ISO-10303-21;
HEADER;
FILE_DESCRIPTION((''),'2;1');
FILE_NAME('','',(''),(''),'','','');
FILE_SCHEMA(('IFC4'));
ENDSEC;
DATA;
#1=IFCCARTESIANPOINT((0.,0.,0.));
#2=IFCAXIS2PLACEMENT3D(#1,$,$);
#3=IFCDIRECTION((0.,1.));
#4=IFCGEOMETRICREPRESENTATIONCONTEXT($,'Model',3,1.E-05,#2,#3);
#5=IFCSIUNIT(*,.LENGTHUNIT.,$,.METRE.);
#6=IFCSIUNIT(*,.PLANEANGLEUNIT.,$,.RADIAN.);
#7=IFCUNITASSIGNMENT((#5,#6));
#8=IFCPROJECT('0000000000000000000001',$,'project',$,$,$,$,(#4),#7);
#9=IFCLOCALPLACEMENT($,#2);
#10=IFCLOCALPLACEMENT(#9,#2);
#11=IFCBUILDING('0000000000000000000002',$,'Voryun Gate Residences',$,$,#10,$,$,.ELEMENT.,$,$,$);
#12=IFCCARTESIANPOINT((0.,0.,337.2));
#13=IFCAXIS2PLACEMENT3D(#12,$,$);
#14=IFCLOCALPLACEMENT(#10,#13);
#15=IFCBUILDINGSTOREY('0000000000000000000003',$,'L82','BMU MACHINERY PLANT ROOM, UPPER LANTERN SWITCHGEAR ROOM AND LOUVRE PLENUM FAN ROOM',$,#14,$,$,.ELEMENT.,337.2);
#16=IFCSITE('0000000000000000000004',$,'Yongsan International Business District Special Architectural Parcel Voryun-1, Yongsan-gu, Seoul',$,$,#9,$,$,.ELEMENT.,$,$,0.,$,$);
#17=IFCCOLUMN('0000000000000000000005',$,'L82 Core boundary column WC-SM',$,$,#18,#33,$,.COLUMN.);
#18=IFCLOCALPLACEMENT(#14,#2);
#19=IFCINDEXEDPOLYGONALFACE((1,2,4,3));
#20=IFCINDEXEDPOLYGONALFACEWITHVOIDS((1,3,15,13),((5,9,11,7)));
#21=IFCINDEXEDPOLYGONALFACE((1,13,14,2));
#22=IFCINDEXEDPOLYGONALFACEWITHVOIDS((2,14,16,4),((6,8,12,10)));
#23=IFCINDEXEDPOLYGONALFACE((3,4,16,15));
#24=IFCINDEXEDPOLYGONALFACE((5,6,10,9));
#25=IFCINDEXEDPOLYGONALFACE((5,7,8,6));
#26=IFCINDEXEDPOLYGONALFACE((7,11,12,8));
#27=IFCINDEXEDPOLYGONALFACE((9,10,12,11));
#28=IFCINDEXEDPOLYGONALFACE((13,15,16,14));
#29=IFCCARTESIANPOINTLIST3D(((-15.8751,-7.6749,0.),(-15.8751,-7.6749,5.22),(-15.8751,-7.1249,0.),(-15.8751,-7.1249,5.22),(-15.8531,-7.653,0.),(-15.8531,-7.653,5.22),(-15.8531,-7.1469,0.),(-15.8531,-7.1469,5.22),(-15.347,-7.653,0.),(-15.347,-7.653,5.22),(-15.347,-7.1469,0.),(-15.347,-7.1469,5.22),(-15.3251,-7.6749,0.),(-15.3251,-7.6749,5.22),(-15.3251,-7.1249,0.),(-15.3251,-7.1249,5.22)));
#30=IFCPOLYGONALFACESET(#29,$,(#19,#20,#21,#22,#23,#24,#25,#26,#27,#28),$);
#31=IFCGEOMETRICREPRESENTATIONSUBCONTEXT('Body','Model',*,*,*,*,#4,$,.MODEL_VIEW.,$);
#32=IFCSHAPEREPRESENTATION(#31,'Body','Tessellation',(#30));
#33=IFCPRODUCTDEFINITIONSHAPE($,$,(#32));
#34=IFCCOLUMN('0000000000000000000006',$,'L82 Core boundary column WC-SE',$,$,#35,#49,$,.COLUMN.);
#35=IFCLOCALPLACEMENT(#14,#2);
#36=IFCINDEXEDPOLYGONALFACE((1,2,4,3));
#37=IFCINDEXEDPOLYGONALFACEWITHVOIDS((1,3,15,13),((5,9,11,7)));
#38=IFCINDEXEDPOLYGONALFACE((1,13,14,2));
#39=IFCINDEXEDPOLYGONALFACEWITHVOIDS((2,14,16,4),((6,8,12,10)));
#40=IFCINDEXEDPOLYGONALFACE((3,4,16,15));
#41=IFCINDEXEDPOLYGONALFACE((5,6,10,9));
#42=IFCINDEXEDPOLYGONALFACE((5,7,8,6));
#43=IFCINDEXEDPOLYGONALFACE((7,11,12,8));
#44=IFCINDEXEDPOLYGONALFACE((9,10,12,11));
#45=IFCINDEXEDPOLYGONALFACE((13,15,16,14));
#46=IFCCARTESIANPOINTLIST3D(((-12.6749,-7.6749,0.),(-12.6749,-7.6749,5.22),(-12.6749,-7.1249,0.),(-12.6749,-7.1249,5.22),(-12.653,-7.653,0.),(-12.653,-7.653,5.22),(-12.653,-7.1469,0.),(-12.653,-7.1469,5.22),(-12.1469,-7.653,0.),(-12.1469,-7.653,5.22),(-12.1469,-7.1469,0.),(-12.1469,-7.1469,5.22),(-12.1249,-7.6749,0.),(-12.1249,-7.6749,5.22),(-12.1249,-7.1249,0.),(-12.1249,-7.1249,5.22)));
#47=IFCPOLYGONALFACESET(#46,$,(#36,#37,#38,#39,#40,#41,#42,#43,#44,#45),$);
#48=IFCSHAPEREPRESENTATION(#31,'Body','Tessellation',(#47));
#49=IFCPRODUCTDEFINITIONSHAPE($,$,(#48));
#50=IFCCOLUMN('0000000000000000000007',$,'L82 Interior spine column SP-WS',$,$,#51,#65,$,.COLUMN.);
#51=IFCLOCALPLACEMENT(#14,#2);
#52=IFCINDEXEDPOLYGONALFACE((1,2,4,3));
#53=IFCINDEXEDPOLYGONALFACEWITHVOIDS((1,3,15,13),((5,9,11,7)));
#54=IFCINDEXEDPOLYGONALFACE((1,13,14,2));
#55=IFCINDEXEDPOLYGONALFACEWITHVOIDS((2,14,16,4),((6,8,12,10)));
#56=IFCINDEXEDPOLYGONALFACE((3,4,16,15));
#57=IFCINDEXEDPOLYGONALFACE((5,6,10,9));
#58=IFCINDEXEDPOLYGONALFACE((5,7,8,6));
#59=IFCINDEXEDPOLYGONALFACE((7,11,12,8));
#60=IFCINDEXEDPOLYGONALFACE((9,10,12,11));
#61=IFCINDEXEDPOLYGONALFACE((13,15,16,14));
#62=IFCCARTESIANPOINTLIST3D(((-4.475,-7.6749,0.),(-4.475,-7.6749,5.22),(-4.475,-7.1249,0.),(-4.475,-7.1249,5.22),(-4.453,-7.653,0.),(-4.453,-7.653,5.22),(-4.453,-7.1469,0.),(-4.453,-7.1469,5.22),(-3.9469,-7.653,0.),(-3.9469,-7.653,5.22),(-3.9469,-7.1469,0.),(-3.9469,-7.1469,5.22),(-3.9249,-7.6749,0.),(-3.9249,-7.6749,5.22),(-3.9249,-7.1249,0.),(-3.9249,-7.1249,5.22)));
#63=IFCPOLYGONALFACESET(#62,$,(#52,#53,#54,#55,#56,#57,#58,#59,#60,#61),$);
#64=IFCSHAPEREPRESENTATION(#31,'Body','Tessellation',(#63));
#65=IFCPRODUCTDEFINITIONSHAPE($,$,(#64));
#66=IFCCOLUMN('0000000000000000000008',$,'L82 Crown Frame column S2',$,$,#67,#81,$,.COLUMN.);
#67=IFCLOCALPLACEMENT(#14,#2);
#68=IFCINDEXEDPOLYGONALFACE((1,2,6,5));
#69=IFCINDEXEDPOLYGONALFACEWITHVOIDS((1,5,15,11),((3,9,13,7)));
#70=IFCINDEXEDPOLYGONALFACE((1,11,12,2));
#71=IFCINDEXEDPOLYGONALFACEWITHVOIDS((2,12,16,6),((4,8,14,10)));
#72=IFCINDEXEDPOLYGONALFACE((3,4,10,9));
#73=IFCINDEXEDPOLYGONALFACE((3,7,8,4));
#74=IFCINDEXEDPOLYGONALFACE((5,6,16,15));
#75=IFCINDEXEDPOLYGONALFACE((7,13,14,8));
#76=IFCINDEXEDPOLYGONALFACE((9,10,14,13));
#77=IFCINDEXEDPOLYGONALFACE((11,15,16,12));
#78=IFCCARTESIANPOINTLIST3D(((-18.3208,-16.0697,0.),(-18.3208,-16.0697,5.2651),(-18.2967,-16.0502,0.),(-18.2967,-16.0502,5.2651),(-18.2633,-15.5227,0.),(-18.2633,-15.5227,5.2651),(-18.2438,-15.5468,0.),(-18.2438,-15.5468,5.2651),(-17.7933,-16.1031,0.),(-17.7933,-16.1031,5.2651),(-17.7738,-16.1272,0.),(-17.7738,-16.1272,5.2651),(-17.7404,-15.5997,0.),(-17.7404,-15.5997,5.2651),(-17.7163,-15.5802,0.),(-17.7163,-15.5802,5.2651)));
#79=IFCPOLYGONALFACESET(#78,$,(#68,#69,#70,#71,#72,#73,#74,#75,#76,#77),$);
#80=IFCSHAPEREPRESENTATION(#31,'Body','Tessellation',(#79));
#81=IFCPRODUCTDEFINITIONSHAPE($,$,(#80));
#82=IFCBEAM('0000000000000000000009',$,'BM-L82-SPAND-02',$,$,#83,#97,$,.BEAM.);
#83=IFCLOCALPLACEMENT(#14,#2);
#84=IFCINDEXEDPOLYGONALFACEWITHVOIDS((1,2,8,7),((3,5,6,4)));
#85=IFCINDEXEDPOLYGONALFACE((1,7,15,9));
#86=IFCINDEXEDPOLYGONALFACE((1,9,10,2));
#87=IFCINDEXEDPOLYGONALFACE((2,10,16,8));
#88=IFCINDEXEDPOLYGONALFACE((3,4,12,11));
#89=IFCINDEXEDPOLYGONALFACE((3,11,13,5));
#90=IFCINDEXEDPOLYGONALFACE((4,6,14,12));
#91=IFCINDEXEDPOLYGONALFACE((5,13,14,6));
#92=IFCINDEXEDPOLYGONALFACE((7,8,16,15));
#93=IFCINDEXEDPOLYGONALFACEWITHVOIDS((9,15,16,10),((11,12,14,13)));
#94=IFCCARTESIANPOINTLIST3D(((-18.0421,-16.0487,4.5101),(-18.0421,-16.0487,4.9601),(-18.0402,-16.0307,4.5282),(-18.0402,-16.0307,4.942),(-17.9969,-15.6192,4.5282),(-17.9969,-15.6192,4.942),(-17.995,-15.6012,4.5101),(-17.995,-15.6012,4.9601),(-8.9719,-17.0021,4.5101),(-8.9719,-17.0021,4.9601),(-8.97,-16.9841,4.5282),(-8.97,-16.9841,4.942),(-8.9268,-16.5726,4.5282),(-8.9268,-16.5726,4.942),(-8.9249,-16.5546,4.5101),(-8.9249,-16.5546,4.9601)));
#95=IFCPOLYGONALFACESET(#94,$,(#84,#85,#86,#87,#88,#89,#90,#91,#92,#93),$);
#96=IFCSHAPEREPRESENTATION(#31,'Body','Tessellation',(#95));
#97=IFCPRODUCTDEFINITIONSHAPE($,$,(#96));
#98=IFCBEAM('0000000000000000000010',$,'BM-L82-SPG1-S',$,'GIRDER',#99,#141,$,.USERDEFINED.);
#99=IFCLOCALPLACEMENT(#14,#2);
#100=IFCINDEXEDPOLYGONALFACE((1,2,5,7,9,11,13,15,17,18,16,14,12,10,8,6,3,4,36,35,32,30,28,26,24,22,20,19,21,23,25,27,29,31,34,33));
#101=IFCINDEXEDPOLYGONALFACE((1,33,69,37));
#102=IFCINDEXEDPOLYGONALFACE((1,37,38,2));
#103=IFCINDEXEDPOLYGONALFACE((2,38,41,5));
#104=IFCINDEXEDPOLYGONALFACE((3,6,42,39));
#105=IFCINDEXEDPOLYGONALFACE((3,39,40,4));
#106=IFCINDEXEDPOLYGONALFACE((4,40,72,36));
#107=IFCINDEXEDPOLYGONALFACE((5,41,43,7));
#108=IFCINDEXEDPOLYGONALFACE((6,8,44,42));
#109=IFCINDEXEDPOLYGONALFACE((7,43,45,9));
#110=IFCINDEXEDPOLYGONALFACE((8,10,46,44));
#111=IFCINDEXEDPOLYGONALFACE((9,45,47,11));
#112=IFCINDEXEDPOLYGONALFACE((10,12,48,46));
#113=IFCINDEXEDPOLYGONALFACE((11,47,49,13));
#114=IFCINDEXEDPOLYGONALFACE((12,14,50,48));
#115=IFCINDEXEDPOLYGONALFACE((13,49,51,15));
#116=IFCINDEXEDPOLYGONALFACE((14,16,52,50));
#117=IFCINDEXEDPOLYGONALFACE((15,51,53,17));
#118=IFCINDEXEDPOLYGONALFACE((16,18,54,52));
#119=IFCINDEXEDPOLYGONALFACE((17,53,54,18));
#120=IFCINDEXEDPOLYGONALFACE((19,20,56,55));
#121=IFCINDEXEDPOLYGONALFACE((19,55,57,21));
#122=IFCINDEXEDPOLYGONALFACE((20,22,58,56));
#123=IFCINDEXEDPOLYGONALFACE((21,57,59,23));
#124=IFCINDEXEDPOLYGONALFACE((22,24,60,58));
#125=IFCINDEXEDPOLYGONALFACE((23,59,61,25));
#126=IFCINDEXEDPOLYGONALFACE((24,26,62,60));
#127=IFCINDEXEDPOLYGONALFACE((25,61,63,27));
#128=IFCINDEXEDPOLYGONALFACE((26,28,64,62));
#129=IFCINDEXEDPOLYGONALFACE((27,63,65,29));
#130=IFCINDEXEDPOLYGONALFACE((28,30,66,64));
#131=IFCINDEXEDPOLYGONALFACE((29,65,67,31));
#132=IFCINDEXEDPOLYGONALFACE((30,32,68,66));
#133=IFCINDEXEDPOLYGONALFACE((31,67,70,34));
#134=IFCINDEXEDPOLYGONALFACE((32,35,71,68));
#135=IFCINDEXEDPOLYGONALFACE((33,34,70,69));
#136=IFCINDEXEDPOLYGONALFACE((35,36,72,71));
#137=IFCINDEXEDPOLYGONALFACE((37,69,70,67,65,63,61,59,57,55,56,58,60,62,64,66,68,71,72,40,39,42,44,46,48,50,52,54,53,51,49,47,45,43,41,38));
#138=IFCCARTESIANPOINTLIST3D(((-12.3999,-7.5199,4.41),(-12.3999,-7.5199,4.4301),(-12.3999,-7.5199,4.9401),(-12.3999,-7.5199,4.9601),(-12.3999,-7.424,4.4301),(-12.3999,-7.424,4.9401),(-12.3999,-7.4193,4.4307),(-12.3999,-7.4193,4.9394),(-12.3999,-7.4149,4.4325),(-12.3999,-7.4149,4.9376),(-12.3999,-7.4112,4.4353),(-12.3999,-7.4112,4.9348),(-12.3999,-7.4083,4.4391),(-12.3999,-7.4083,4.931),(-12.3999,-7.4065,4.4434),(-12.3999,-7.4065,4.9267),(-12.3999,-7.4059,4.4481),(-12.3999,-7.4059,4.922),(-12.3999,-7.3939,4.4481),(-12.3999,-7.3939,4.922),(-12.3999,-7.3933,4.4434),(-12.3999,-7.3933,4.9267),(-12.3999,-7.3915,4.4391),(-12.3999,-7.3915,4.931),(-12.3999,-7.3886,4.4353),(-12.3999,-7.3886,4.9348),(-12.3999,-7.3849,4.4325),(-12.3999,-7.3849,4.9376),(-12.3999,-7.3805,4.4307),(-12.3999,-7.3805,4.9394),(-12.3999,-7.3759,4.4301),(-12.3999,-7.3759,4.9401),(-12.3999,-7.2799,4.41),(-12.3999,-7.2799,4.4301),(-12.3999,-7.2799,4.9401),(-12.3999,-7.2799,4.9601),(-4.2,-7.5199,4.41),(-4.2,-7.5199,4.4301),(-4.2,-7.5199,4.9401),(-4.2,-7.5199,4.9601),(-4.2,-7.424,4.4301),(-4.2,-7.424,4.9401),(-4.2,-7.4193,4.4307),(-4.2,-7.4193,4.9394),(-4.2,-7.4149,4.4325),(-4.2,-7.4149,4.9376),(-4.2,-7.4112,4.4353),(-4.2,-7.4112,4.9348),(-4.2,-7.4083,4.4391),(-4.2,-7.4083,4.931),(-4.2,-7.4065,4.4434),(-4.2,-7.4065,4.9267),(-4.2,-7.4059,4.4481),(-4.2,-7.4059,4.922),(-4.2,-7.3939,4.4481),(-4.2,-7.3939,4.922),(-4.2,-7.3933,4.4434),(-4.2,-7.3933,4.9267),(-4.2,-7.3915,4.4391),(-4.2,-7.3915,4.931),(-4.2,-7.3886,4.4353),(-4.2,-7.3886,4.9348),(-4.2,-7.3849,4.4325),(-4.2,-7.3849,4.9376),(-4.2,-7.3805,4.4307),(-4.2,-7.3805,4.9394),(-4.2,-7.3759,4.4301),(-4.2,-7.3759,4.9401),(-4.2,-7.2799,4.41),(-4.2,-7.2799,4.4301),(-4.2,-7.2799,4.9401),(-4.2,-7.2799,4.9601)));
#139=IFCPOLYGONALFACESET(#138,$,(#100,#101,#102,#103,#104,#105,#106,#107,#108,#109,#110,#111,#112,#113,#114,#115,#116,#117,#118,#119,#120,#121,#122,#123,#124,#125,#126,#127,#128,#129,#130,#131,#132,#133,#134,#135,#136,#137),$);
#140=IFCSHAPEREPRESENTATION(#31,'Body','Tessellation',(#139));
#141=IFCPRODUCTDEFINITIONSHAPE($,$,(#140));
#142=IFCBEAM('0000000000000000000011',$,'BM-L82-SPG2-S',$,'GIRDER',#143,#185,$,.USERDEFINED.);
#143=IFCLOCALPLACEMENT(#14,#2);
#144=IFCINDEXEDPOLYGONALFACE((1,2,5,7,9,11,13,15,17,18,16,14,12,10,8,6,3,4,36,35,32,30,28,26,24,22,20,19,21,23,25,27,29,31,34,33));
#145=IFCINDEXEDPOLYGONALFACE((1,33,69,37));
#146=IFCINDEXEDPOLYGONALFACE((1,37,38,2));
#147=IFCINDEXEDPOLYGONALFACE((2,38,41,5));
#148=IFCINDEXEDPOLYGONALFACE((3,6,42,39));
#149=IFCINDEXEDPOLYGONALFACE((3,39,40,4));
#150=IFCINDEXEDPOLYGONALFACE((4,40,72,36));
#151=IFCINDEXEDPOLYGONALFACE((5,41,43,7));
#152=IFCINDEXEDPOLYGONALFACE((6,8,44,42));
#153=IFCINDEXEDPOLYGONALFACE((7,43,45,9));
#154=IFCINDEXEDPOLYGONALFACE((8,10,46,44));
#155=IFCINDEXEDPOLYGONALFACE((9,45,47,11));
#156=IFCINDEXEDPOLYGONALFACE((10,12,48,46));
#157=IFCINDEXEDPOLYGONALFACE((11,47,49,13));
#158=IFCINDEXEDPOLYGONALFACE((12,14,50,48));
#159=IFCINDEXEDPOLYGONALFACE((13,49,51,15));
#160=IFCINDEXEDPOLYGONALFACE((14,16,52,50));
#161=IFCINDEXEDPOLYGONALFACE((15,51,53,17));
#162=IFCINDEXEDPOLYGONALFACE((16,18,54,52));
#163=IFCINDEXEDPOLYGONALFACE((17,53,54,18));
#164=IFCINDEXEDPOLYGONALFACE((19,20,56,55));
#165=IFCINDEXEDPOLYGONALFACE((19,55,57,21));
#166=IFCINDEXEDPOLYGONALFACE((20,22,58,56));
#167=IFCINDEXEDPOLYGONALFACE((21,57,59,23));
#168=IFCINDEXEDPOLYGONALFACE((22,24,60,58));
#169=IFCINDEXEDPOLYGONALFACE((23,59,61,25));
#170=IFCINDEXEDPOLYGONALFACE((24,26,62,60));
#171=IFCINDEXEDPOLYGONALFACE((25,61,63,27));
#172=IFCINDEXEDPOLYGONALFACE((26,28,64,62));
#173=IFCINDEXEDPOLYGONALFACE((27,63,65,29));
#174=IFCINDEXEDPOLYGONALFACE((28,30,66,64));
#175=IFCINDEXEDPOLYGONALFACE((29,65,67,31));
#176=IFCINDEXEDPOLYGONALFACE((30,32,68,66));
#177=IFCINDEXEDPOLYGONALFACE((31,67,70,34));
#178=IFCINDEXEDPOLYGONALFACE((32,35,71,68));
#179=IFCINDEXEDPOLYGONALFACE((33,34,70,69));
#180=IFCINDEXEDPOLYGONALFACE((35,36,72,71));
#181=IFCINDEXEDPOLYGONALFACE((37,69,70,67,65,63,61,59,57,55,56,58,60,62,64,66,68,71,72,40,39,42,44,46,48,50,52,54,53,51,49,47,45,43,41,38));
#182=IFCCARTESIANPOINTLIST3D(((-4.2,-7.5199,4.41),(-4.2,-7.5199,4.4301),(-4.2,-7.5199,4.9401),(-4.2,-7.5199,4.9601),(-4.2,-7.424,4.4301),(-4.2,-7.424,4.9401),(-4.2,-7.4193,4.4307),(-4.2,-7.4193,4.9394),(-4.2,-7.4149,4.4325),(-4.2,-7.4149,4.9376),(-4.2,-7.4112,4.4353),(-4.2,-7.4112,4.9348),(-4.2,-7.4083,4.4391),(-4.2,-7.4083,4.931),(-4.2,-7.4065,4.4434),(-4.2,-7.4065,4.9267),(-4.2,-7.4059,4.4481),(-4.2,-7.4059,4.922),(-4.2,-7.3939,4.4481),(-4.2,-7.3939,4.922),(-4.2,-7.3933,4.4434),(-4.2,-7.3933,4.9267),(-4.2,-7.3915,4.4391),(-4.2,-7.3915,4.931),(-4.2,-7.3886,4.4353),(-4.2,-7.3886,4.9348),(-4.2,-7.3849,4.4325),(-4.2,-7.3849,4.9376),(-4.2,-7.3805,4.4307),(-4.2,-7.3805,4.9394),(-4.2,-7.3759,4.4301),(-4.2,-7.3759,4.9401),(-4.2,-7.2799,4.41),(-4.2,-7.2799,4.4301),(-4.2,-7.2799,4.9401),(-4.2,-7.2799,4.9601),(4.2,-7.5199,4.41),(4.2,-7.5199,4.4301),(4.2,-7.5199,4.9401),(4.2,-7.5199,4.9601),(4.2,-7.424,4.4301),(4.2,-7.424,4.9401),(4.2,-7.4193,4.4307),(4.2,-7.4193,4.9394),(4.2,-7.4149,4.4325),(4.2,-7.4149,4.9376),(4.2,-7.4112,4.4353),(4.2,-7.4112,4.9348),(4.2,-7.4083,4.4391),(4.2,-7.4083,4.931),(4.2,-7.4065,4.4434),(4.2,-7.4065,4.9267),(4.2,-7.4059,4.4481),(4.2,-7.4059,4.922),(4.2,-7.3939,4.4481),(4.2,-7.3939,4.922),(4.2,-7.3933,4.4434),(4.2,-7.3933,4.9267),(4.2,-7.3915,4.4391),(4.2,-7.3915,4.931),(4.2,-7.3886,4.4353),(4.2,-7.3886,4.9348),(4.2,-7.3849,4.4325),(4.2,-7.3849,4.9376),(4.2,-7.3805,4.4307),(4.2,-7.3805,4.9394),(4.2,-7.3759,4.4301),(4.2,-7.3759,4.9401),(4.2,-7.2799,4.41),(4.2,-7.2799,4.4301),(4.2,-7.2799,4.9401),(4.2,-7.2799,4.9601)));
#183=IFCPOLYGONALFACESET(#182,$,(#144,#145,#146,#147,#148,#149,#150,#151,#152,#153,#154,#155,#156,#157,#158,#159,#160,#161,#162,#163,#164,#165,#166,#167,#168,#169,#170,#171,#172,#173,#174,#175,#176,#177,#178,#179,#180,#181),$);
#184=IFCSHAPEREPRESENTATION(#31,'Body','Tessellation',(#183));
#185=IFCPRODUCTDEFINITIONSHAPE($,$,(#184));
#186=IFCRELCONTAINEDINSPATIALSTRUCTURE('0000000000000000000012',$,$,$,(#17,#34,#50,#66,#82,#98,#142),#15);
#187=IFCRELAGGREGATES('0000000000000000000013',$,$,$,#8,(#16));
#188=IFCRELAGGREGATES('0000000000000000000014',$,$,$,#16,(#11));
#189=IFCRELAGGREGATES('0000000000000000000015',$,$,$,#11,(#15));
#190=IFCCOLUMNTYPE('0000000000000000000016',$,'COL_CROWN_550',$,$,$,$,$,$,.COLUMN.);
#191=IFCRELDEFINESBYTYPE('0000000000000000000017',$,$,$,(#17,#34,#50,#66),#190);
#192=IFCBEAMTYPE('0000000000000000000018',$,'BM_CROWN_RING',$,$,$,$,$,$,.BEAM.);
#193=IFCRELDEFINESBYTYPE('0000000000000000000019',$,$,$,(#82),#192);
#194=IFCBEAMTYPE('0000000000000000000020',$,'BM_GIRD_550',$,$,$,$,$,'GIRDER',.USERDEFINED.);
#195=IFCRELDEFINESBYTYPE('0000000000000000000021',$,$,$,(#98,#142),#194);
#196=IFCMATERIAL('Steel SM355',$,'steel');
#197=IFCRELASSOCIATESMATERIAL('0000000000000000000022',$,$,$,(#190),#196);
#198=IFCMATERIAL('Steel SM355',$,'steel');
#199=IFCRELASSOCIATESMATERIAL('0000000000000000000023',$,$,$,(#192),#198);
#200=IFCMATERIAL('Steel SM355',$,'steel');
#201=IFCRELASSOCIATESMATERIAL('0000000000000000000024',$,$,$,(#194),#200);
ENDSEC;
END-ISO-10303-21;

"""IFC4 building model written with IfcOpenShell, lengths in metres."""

from ifc_helpers import new_model, si_unit, direction, frame, origin, origin_2d, place, context, subcontext, project, spatial, hollow_rectangle, i_section, extrude, material, material_profile, profile_set, type_object, element, save


model = new_model("IFC4")

# Units and contexts
model_context = context("Model", 3, precision=1e-05, world=origin(), true_north=direction((0.0, 1.0)))
body_context = subcontext(model_context, "Body", "Model", "MODEL_VIEW")
ifc_project = project(units=[si_unit("LENGTHUNIT", "METRE"), si_unit("PLANEANGLEUNIT", "RADIAN")], contexts=[model_context])

# Site, building, storey
site_placement = place(None, origin())
site = spatial("IfcSite", under=ifc_project, at=site_placement, Name="Yongsan International Business District Special Architectural Parcel Voryun-1, Yongsan-gu, Seoul", CompositionType="ELEMENT", RefElevation=0.0)
building_placement = place(site_placement, origin())
building = spatial("IfcBuilding", under=site, at=building_placement, Name="Voryun Gate Residences", CompositionType="ELEMENT")
storey_placement = place(building_placement, frame((0.0, 0.0, 337.2)))
storey = spatial("IfcBuildingStorey", under=building, at=storey_placement, Name="L82", Description="BMU MACHINERY PLANT ROOM, UPPER LANTERN SWITCHGEAR ROOM AND LOUVRE PLENUM FAN ROOM", CompositionType="ELEMENT", Elevation=337.2)

# Columns
ifc_material_1 = material(Name="Steel SM355", Category="steel")
ifc_material_profile_1 = material_profile(ifc_material_1, hollow_rectangle(XDim=0.55, YDim=0.55, WallThickness=0.022, at=origin_2d()), Name="BOX-550x550x22")
ifc_profile_set_1 = profile_set([ifc_material_profile_1], Name="Steel SM355")
column_type = type_object("IfcColumnType", Name="COL_CROWN_550", PredefinedType="COLUMN", material=ifc_profile_set_1)
for number, where, z_axis, x_axis, name in (
    (1, (-15.6001, -7.3999, 0.0), (0.0, 0.0, 1.0), (1.0, 0.0, 0.0), "L82 Core boundary column WC-SM"),
    (2, (-12.3999, -7.3999, 0.0), (0.0, 0.0, 1.0), (1.0, 0.0, 0.0), "L82 Core boundary column WC-SE"),
    (3, (-4.2, -7.3999, 0.0), (0.0, 0.0, 1.0), (1.0, 0.0, 0.0), "L82 Interior spine column SP-WS"),
):
    element("IfcColumn", number, at=place(storey_placement, frame(where, z_axis=z_axis, x_axis=x_axis)), inside=storey, type_object=column_type, Name=name, PredefinedType="COLUMN", context=body_context, shape_type="SweptSolid", body=[
        extrude(hollow_rectangle(XDim=0.55, YDim=0.55, WallThickness=0.022, at=origin_2d()), origin(), (0.0, 0.0, 1.0), 5.22),
    ])
column_placement = place(storey_placement, frame((-18.0186, -15.825, 0.0), z_axis=(0.0, 0.0, 1.0), x_axis=(0.994522, -0.104528, 0.0)))
element("IfcColumn", 4, at=column_placement, inside=storey, type_object=column_type, Name="L82 Crown Frame column S2", PredefinedType="COLUMN", context=body_context, shape_type="SweptSolid", body=[
    extrude(hollow_rectangle(XDim=0.55, YDim=0.55, WallThickness=0.022, at=origin_2d()), origin(), (0.0, 0.0, 1.0), 5.2651),
])

# Beams
ifc_material_2 = material(Name="Steel SM355", Category="steel")
ifc_material_profile_2 = material_profile(ifc_material_2, hollow_rectangle(XDim=0.45, YDim=0.45, WallThickness=0.0181, at=origin_2d()), Name="BOX-450x450x18")
ifc_profile_set_2 = profile_set([ifc_material_profile_2], Name="Steel SM355")
beam_type_1 = type_object("IfcBeamType", Name="BM_CROWN_RING", PredefinedType="BEAM", material=ifc_profile_set_2)
beam_1_placement = place(storey_placement, frame((-18.0186, -15.825, 4.7351), z_axis=(0.994521, -0.104536, 0.0), x_axis=(0.104536, 0.994521, 0.0)))
element("IfcBeam", 5, at=beam_1_placement, inside=storey, type_object=beam_type_1, Name="BM-L82-SPAND-02", PredefinedType="BEAM", context=body_context, shape_type="SweptSolid", body=[
    extrude(hollow_rectangle(XDim=0.45, YDim=0.45, WallThickness=0.0181, at=origin_2d()), origin(), (0.0, 0.0, 1.0), 9.1201),
])
ifc_material_3 = material(Name="Steel SM355", Category="steel")
ifc_material_profile_3 = material_profile(ifc_material_3, i_section(OverallWidth=0.24, OverallDepth=0.55, WebThickness=0.012, FlangeThickness=0.02, FilletRadius=0.0181, at=origin_2d()), Name="H-550x240x12x20")
ifc_profile_set_3 = profile_set([ifc_material_profile_3], Name="Steel SM355")
beam_type_2 = type_object("IfcBeamType", Name="BM_GIRD_550", ElementType="GIRDER", PredefinedType="USERDEFINED", material=ifc_profile_set_3)
beam_2_placement = place(storey_placement, frame((-12.3999, -7.3999, 4.6851), z_axis=(1.0, 0.0, 0.0), x_axis=(0.0, 1.0, 0.0)))
element("IfcBeam", 6, at=beam_2_placement, inside=storey, type_object=beam_type_2, Name="BM-L82-SPG1-S", ObjectType="GIRDER", PredefinedType="USERDEFINED", context=body_context, shape_type="SweptSolid", body=[
    extrude(i_section(OverallWidth=0.24, OverallDepth=0.55, WebThickness=0.012, FlangeThickness=0.02, FilletRadius=0.0181, at=origin_2d()), origin(), (0.0, 0.0, 1.0), 8.2),
])
beam_3_placement = place(storey_placement, frame((-4.2, -7.3999, 4.6851), z_axis=(1.0, 0.0, 0.0), x_axis=(0.0, 1.0, 0.0)))
element("IfcBeam", 7, at=beam_3_placement, inside=storey, type_object=beam_type_2, Name="BM-L82-SPG2-S", ObjectType="GIRDER", PredefinedType="USERDEFINED", context=body_context, shape_type="SweptSolid", body=[
    extrude(i_section(OverallWidth=0.24, OverallDepth=0.55, WebThickness=0.012, FlangeThickness=0.02, FilletRadius=0.0181, at=origin_2d()), origin(), (0.0, 0.0, 1.0), 8.3999),
])

save(model, "model.ifc")
